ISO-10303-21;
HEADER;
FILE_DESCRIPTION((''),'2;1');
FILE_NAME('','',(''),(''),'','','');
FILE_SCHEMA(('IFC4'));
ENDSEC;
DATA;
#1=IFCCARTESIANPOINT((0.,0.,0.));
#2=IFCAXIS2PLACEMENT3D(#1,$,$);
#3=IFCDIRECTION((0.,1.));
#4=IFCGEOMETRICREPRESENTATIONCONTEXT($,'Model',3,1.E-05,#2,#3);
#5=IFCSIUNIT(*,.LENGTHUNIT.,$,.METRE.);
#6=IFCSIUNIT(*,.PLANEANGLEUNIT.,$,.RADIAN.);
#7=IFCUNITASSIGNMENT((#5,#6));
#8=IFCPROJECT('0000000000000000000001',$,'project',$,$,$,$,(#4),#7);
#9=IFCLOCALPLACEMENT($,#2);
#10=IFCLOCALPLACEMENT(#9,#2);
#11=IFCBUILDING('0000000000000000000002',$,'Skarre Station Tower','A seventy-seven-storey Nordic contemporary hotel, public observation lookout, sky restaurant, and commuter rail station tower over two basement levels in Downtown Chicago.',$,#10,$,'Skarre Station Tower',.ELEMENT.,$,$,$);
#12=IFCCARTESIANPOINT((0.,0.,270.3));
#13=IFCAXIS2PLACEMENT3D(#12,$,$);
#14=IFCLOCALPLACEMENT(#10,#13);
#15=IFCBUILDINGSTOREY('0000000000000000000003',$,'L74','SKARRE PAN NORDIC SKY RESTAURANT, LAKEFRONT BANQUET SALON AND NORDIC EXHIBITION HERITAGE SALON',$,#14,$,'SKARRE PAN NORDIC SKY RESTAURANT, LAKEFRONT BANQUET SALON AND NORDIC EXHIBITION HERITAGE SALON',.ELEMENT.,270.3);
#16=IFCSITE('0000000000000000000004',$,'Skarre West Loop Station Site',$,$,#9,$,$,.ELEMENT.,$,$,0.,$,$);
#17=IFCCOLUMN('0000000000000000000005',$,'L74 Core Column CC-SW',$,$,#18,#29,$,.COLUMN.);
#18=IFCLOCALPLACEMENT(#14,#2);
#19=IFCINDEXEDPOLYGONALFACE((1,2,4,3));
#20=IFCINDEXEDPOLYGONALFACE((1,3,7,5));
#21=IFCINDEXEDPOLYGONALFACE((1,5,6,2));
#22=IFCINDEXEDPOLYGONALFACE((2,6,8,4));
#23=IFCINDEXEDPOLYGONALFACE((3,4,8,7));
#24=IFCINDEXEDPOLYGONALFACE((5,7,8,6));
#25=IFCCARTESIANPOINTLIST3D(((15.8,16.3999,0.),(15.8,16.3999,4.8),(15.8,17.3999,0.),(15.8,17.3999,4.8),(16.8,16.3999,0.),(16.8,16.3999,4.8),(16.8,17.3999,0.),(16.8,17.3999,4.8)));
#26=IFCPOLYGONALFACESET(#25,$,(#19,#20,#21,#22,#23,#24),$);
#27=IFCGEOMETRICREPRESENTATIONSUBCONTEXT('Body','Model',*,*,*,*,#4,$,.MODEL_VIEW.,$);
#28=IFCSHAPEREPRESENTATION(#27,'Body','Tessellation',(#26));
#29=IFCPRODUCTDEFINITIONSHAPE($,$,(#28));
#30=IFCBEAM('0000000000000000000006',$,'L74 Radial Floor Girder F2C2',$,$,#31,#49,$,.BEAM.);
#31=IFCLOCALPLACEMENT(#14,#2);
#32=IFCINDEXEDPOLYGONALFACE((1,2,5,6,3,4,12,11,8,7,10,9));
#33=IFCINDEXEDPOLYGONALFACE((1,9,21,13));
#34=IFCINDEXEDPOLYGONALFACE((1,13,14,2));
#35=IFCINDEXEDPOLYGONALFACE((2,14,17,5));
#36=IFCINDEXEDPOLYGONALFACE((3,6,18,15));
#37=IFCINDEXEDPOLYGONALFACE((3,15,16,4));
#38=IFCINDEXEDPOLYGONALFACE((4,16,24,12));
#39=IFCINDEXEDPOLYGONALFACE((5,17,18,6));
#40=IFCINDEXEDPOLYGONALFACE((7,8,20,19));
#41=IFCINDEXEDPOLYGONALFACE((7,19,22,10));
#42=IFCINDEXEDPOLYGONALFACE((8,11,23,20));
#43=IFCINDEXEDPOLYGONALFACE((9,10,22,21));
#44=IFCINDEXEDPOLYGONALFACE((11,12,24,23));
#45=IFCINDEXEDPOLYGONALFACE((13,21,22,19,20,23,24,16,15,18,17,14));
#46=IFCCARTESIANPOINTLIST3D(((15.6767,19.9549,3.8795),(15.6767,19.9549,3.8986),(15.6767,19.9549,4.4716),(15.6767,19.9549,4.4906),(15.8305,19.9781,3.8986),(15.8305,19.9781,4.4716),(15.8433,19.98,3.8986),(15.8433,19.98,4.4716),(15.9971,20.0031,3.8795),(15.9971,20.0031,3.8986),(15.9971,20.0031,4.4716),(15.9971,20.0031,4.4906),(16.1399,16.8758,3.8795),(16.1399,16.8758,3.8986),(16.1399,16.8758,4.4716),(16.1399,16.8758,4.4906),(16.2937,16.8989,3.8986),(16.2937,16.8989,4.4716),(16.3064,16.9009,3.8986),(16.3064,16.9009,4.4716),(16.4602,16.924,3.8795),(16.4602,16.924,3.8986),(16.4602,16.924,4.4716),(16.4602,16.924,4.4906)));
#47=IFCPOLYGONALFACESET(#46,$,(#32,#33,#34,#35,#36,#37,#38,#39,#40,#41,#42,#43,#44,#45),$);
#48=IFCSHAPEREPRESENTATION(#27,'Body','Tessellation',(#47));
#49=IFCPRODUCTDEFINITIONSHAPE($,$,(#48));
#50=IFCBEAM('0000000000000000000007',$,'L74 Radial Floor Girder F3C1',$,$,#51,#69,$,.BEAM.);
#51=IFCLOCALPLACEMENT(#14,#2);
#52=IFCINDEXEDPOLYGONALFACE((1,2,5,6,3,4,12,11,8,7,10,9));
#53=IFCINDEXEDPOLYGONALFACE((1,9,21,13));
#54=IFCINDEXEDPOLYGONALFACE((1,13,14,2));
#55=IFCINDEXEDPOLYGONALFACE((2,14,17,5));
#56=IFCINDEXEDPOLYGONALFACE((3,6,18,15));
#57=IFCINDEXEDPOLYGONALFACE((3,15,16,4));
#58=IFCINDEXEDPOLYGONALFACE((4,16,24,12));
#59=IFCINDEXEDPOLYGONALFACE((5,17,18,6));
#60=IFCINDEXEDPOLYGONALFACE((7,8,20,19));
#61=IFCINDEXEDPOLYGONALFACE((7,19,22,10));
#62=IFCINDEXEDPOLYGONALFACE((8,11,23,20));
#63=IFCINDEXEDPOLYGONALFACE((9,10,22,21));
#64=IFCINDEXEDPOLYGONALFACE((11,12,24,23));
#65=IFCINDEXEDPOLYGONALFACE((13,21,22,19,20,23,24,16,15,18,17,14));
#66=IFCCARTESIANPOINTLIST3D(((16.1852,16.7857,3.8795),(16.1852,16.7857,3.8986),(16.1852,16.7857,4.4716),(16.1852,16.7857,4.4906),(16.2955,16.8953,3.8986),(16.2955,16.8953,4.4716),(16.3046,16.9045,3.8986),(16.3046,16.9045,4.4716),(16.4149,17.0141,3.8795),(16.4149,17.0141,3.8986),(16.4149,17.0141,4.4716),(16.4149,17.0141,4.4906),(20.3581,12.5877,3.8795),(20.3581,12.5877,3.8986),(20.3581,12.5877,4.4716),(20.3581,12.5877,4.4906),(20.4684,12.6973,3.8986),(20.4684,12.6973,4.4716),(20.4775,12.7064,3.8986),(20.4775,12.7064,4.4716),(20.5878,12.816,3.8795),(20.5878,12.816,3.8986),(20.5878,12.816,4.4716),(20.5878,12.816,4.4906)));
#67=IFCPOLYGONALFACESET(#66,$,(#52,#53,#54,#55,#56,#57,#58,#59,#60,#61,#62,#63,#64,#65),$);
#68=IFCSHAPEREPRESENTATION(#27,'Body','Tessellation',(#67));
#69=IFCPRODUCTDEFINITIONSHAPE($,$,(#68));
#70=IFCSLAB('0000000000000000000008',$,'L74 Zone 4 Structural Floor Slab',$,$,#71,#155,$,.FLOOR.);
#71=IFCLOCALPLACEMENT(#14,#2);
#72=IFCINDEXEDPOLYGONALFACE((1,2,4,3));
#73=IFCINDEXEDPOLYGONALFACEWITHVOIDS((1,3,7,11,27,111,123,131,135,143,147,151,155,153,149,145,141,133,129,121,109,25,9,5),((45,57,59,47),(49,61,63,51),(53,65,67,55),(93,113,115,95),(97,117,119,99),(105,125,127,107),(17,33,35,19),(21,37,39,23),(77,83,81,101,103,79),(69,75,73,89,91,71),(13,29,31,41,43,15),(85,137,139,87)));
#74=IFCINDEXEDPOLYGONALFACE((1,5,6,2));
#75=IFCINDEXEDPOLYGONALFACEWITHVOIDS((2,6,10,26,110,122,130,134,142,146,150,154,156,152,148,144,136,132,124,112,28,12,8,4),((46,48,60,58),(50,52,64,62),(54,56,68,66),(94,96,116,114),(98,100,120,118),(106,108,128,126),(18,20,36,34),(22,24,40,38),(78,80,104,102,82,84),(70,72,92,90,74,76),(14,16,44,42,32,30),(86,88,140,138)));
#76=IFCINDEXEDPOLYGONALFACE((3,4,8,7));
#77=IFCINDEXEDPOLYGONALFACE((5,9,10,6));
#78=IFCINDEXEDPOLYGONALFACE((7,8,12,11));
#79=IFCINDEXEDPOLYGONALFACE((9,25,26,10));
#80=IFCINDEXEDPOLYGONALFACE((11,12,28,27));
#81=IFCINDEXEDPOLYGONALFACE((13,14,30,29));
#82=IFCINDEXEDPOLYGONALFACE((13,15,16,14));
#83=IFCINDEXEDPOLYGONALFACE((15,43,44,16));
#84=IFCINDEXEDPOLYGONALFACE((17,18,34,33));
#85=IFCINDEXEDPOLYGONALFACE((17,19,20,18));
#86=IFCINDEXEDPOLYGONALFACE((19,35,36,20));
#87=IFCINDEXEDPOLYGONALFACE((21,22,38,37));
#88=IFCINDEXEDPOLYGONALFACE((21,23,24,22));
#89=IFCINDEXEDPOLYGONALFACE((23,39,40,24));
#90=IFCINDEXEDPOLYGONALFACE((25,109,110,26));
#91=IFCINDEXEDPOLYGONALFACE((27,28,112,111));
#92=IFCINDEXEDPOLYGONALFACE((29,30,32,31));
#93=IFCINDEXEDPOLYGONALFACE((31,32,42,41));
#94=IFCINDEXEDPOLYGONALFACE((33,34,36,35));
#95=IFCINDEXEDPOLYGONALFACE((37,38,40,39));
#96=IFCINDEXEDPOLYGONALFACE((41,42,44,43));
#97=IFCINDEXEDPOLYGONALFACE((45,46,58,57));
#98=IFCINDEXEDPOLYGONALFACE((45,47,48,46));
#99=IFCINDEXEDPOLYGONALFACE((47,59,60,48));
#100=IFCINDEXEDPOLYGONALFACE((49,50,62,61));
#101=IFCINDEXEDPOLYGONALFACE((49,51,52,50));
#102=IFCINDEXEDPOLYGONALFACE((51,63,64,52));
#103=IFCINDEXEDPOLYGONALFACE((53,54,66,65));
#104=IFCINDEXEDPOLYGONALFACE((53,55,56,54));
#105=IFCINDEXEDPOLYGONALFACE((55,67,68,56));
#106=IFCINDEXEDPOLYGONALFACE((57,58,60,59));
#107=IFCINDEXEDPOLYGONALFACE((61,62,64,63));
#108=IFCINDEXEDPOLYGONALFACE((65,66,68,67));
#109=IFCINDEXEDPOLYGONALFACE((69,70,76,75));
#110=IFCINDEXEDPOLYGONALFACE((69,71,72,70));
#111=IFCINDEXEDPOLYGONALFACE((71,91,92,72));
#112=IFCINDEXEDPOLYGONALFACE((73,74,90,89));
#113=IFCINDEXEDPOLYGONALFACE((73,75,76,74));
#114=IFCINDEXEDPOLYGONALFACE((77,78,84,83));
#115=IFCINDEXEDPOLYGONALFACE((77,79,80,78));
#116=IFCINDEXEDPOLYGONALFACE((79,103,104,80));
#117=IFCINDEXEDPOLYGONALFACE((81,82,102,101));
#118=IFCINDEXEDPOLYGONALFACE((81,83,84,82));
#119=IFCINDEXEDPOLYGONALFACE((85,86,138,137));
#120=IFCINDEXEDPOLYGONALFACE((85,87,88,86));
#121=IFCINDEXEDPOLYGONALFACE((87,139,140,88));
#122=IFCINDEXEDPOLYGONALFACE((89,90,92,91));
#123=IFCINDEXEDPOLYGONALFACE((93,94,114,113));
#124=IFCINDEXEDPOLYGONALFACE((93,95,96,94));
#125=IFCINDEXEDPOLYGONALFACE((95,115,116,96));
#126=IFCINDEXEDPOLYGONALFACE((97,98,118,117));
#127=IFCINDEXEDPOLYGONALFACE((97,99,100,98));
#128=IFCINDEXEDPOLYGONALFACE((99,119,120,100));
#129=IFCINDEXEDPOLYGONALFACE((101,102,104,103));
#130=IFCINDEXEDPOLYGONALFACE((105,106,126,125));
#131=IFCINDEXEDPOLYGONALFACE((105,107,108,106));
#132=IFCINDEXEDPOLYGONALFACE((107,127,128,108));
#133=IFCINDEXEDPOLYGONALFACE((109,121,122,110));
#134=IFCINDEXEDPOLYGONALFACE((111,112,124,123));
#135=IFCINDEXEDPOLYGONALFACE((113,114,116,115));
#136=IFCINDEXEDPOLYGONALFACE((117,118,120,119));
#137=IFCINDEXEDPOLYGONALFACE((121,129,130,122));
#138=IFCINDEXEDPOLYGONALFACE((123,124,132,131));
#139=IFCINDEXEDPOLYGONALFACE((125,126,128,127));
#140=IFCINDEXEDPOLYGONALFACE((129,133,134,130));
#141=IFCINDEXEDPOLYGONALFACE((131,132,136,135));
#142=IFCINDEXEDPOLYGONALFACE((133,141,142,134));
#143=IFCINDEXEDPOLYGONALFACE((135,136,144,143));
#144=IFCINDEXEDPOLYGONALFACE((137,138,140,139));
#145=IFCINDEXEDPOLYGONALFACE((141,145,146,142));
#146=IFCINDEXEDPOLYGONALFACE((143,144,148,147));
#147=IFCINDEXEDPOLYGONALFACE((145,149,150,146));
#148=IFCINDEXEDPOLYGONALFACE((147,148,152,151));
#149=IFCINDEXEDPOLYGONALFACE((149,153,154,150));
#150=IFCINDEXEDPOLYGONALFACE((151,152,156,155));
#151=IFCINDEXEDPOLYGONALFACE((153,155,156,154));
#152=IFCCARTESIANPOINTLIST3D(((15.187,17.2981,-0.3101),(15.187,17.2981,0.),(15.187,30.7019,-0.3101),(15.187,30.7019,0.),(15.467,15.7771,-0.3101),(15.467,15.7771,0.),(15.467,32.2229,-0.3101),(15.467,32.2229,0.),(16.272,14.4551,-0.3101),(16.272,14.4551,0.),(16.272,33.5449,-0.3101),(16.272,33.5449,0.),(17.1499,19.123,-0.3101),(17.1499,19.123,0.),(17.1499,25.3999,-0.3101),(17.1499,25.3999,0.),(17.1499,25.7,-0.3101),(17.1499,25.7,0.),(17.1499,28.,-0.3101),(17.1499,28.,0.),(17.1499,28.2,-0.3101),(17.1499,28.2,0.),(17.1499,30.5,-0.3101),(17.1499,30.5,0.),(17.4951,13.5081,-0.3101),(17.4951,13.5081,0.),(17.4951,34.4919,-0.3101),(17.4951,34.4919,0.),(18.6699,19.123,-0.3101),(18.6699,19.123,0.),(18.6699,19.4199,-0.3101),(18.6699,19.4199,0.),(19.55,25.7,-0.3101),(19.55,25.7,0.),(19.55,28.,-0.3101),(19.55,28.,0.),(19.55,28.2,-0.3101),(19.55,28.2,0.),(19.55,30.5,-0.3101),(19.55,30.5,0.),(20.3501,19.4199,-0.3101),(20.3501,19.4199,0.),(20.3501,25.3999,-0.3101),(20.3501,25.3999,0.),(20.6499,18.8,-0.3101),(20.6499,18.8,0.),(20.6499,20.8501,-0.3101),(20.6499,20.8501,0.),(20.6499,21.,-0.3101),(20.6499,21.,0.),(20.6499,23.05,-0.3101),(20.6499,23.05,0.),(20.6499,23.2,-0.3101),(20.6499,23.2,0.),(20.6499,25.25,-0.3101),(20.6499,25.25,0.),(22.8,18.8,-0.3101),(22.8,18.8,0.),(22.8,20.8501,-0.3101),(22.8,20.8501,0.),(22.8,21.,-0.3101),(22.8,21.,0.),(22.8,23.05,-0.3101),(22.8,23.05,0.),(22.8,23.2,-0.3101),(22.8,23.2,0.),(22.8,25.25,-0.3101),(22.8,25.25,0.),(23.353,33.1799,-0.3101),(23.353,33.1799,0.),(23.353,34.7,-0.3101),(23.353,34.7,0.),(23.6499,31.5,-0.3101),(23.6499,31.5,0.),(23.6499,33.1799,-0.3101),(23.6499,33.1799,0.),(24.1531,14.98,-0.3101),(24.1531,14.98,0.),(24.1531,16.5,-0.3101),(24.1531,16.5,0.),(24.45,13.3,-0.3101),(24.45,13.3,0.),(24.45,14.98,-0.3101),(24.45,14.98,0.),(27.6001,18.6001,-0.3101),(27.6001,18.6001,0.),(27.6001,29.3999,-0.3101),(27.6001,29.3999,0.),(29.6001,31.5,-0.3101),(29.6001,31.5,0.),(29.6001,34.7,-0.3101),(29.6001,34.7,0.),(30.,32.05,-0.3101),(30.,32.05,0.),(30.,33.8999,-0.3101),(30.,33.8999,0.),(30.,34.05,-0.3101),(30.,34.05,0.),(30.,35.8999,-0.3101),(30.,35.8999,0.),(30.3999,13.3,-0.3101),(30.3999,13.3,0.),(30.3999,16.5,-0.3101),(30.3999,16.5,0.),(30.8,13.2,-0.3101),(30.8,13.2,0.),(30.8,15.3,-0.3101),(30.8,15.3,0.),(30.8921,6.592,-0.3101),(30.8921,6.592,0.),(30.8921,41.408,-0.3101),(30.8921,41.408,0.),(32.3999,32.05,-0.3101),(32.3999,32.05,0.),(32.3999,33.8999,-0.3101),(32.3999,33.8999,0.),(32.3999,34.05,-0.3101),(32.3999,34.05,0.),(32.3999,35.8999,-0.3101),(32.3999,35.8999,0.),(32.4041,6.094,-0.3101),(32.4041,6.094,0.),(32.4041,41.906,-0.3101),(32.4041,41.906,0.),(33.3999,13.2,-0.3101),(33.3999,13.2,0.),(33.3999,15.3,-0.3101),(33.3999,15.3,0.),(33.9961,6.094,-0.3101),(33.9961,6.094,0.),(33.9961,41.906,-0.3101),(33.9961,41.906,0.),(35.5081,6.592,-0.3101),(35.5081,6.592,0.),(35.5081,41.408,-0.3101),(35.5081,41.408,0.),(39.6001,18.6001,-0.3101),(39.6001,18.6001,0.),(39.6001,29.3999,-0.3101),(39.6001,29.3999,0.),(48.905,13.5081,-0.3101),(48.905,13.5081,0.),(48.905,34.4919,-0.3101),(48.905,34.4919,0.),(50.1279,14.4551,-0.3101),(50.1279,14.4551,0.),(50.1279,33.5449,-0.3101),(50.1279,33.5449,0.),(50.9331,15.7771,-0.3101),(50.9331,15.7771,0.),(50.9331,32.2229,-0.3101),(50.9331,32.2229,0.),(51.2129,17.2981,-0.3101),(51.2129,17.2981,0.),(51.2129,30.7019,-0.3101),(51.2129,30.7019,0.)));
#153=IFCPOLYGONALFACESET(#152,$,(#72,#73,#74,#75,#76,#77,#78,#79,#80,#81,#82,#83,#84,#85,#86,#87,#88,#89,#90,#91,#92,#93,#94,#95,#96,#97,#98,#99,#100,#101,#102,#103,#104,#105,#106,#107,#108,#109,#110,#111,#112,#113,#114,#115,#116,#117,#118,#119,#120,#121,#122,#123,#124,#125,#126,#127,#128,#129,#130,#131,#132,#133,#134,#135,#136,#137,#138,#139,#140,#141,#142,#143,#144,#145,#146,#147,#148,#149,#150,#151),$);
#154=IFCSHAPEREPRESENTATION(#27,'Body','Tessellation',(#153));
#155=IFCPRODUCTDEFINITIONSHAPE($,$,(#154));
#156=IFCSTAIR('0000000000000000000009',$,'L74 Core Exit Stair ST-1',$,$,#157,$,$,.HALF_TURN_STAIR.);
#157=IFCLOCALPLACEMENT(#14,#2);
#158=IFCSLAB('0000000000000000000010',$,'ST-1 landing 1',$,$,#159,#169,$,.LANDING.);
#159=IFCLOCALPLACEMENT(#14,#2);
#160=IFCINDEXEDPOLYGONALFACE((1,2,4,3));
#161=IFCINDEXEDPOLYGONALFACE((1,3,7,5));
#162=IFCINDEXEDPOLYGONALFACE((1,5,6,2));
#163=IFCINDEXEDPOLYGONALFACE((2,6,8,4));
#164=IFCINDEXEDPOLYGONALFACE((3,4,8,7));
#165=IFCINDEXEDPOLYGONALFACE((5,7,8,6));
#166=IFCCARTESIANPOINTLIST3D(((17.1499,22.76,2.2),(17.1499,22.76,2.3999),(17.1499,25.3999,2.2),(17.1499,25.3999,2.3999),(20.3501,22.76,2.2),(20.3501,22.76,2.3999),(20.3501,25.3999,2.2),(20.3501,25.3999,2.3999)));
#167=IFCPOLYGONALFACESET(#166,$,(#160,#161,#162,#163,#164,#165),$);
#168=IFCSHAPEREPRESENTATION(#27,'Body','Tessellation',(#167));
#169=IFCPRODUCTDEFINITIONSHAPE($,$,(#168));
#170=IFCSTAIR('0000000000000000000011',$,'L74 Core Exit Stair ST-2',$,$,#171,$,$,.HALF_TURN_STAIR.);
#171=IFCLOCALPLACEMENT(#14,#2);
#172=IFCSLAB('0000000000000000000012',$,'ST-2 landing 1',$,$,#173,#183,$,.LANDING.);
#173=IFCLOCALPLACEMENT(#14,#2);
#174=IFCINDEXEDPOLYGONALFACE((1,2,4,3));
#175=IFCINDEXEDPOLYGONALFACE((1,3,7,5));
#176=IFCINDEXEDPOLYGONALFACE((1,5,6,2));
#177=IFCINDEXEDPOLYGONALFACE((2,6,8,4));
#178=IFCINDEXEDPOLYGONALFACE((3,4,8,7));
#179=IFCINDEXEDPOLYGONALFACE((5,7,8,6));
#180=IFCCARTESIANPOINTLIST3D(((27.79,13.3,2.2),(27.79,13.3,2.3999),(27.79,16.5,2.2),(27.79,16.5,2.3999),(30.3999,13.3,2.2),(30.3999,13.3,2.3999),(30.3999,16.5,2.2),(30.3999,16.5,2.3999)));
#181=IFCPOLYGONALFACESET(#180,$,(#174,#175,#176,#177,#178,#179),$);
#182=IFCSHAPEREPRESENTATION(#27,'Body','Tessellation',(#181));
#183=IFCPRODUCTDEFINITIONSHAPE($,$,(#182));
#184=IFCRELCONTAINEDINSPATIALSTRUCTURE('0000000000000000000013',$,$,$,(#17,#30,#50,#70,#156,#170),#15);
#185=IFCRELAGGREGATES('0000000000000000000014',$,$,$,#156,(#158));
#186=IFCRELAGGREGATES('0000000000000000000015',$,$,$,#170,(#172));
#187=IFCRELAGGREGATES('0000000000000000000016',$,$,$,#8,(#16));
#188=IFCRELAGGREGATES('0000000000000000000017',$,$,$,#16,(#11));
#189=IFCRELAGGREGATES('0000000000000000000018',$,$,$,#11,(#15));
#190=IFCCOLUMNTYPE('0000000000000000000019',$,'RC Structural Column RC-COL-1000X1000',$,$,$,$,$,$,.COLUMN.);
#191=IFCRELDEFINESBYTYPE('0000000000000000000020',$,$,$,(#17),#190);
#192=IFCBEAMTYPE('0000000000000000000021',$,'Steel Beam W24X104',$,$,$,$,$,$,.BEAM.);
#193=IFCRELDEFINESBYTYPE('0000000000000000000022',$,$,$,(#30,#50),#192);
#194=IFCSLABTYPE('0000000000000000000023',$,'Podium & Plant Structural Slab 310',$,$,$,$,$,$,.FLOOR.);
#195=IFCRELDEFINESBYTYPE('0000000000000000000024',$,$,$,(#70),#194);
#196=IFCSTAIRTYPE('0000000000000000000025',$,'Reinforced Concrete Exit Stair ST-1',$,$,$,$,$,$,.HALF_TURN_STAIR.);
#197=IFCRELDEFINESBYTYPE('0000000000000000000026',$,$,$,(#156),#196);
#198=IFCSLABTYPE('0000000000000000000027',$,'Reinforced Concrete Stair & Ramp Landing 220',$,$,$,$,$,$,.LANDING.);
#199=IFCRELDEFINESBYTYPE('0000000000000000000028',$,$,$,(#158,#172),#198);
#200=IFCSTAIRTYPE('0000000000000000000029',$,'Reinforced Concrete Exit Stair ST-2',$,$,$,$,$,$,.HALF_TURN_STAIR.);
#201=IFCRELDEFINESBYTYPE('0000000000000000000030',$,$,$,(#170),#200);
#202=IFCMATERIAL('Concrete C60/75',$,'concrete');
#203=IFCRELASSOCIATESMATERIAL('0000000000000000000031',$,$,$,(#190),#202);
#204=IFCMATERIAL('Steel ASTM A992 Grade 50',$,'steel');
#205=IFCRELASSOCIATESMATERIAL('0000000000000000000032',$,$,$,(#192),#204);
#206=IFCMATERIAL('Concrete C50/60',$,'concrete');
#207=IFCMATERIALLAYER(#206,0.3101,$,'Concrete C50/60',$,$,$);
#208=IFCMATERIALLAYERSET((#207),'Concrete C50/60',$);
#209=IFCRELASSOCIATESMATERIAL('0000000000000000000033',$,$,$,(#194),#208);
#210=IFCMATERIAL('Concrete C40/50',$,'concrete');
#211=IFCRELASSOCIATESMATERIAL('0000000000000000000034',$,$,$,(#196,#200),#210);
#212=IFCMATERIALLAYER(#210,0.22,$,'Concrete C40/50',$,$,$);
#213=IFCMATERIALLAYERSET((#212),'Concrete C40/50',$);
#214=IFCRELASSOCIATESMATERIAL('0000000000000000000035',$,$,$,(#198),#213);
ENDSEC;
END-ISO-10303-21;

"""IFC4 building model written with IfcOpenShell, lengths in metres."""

from ifc_helpers import new_model, si_unit, direction, frame, origin, origin_2d, place, context, subcontext, project, spatial, polyline, rectangle, i_section, outline, extrude, material, layer, layer_set, material_profile, profile_set, type_object, element, aggregate, save


model = new_model("IFC4")

# Units and contexts
model_context = context("Model", 3, precision=1e-05, world=origin(), true_north=direction((0.0, 1.0)))
body_context = subcontext(model_context, "Body", "Model", "MODEL_VIEW")
ifc_project = project(units=[si_unit("LENGTHUNIT", "METRE"), si_unit("PLANEANGLEUNIT", "RADIAN")], contexts=[model_context])

# Site, building, storey
site_placement = place(None, origin())
site = spatial("IfcSite", under=ifc_project, at=site_placement, Name="Skarre West Loop Station Site", CompositionType="ELEMENT", RefElevation=0.0)
building_placement = place(site_placement, origin())
building = spatial("IfcBuilding", under=site, at=building_placement, Name="Skarre Station Tower", Description="A seventy-seven-storey Nordic contemporary hotel, public observation lookout, sky restaurant, and commuter rail station tower over two basement levels in Downtown Chicago.", LongName="Skarre Station Tower", CompositionType="ELEMENT")
storey_placement = place(building_placement, frame((0.0, 0.0, 270.3)))
storey = spatial("IfcBuildingStorey", under=building, at=storey_placement, Name="L74", Description="SKARRE PAN NORDIC SKY RESTAURANT, LAKEFRONT BANQUET SALON AND NORDIC EXHIBITION HERITAGE SALON", LongName="SKARRE PAN NORDIC SKY RESTAURANT, LAKEFRONT BANQUET SALON AND NORDIC EXHIBITION HERITAGE SALON", CompositionType="ELEMENT", Elevation=270.3)

# Column
ifc_material_1 = material(Name="Concrete C60/75", Category="concrete")
ifc_material_profile_1 = material_profile(ifc_material_1, rectangle(XDim=1.0, YDim=1.0, at=origin_2d()), Name="Concrete C60/75")
ifc_profile_set_1 = profile_set([ifc_material_profile_1], Name="Concrete C60/75")
column_type = type_object("IfcColumnType", Name="RC Structural Column RC-COL-1000X1000", PredefinedType="COLUMN", material=ifc_profile_set_1)
column_placement = place(storey_placement, frame((16.3, 16.8999, 0.0), z_axis=(0.0, 0.0, 1.0), x_axis=(1.0, 0.0, 0.0)))
element("IfcColumn", 1, at=column_placement, inside=storey, type_object=column_type, Name="L74 Core Column CC-SW", PredefinedType="COLUMN", context=body_context, shape_type="SweptSolid", body=[
    extrude(rectangle(XDim=1.0, YDim=1.0, at=origin_2d()), origin(), (0.0, 0.0, 1.0), 4.8),
])

# Beams
ifc_material_2 = material(Name="Steel ASTM A992 Grade 50", Category="steel")
ifc_material_profile_2 = material_profile(ifc_material_2, i_section(OverallWidth=0.324, OverallDepth=0.6111, WebThickness=0.0129, FlangeThickness=0.019, at=origin_2d()), Name="Steel ASTM A992 Grade 50")
ifc_profile_set_2 = profile_set([ifc_material_profile_2], Name="Steel ASTM A992 Grade 50")
beam_type = type_object("IfcBeamType", Name="Steel Beam W24X104", PredefinedType="BEAM", material=ifc_profile_set_2)
beam_1_placement = place(storey_placement, frame((16.3, 16.8999, 4.1851), z_axis=(-0.148739, 0.988876, 0.0), x_axis=(-0.988876, -0.148739, 0.0)))
element("IfcBeam", 2, at=beam_1_placement, inside=storey, type_object=beam_type, Name="L74 Radial Floor Girder F2C2", PredefinedType="BEAM", context=body_context, shape_type="SweptSolid", body=[
    extrude(i_section(OverallWidth=0.324, OverallDepth=0.6111, WebThickness=0.0129, FlangeThickness=0.019, at=origin_2d()), origin(), (0.0, 0.0, 1.0), 3.1138),
])
beam_2_placement = place(storey_placement, frame((16.3, 16.8999, 4.1851), z_axis=(0.704979, -0.709228, 0.0), x_axis=(0.709228, 0.704979, 0.0)))
element("IfcBeam", 3, at=beam_2_placement, inside=storey, type_object=beam_type, Name="L74 Radial Floor Girder F3C1", PredefinedType="BEAM", context=body_context, shape_type="SweptSolid", body=[
    extrude(i_section(OverallWidth=0.324, OverallDepth=0.6111, WebThickness=0.0129, FlangeThickness=0.019, at=origin_2d()), origin(), (0.0, 0.0, 1.0), 5.9192),
])

# Slab
ifc_material_3 = material(Name="Concrete C50/60", Category="concrete")
ifc_layer_1 = layer(ifc_material_3, 0.3101, Name="Concrete C50/60")
ifc_layer_set_1 = layer_set([ifc_layer_1], Name="Concrete C50/60")
slab_type_1 = type_object("IfcSlabType", Name="Podium & Plant Structural Slab 310", PredefinedType="FLOOR", material=ifc_layer_set_1)
slab_1_placement = place(storey_placement, frame((0.0, 0.0, -0.3101)))
element("IfcSlab", 4, at=slab_1_placement, inside=storey, type_object=slab_type_1, Name="L74 Zone 4 Structural Floor Slab", PredefinedType="FLOOR", context=body_context, shape_type="SweptSolid", body=[
    extrude(outline(polyline([(51.2129, 30.7019), (50.9331, 32.2229), (50.1279, 33.5449), (48.905, 34.4919), (35.5081, 41.408), (33.9961, 41.906), (32.4041, 41.906), (30.8921, 41.408), (17.4951, 34.4919), (16.272, 33.5449), (15.467, 32.2229), (15.187, 30.7019), (15.187, 17.2981), (15.467, 15.7771), (16.272, 14.4551), (17.4951, 13.5081), (30.8921, 6.592), (32.4041, 6.094), (33.9961, 6.094), (35.5081, 6.592), (48.905, 13.5081), (50.1279, 14.4551), (50.9331, 15.7771), (51.2129, 17.2981), (51.2129, 30.7019)]), holes=[polyline([(18.6699, 19.4199), (18.6699, 19.123), (17.1499, 19.123), (17.1499, 25.3999), (20.3501, 25.3999), (20.3501, 19.4199), (18.6699, 19.4199)]), polyline([(24.45, 14.98), (24.1531, 14.98), (24.1531, 16.5), (30.3999, 16.5), (30.3999, 13.3), (24.45, 13.3), (24.45, 14.98)]), polyline([(23.6499, 33.1799), (23.353, 33.1799), (23.353, 34.7), (29.6001, 34.7), (29.6001, 31.5), (23.6499, 31.5), (23.6499, 33.1799)]), polyline([(17.1499, 28.0), (19.55, 28.0), (19.55, 25.7), (17.1499, 25.7), (17.1499, 28.0)]), polyline([(17.1499, 30.5), (19.55, 30.5), (19.55, 28.2), (17.1499, 28.2), (17.1499, 30.5)]), polyline([(30.8, 15.3), (33.3999, 15.3), (33.3999, 13.2), (30.8, 13.2), (30.8, 15.3)]), polyline([(20.6499, 20.8501), (22.8, 20.8501), (22.8, 18.8), (20.6499, 18.8), (20.6499, 20.8501)]), polyline([(20.6499, 23.05), (22.8, 23.05), (22.8, 21.0), (20.6499, 21.0), (20.6499, 23.05)]), polyline([(20.6499, 25.25), (22.8, 25.25), (22.8, 23.2), (20.6499, 23.2), (20.6499, 25.25)]), polyline([(30.0, 33.8999), (32.3999, 33.8999), (32.3999, 32.05), (30.0, 32.05), (30.0, 33.8999)]), polyline([(30.0, 35.8999), (32.3999, 35.8999), (32.3999, 34.05), (30.0, 34.05), (30.0, 35.8999)]), polyline([(27.6001, 29.3999), (39.6001, 29.3999), (39.6001, 18.6001), (27.6001, 18.6001), (27.6001, 29.3999)])]), origin(), (0.0, 0.0, 1.0), 0.3101),
])

# Stairs, slabs
ifc_material_4 = material(Name="Concrete C40/50", Category="concrete")
stair_type_1 = type_object("IfcStairType", Name="Reinforced Concrete Exit Stair ST-1", PredefinedType="HALF_TURN_STAIR", material=ifc_material_4)
stair_1_placement = place(storey_placement, origin())
stair_1 = element("IfcStair", 5, at=stair_1_placement, inside=storey, type_object=stair_type_1, Name="L74 Core Exit Stair ST-1", PredefinedType="HALF_TURN_STAIR")
ifc_layer_2 = layer(ifc_material_4, 0.22, Name="Concrete C40/50")
ifc_layer_set_2 = layer_set([ifc_layer_2], Name="Concrete C40/50")
slab_type_2 = type_object("IfcSlabType", Name="Reinforced Concrete Stair & Ramp Landing 220", PredefinedType="LANDING", material=ifc_layer_set_2)
slab_2_placement = place(storey_placement, frame((0.0, 0.0, 2.2)))
slab_2 = element("IfcSlab", 6, at=slab_2_placement, type_object=slab_type_2, Name="ST-1 landing 1", PredefinedType="LANDING", context=body_context, shape_type="SweptSolid", body=[
    extrude(outline(polyline([(20.3501, 22.76), (20.3501, 25.3999), (17.1499, 25.3999), (17.1499, 22.76), (20.3501, 22.76)])), origin(), (0.0, 0.0, 1.0), 0.2),
])
aggregate(stair_1, [slab_2])
stair_type_2 = type_object("IfcStairType", Name="Reinforced Concrete Exit Stair ST-2", PredefinedType="HALF_TURN_STAIR", material=ifc_material_4)
stair_2_placement = place(storey_placement, origin())
stair_2 = element("IfcStair", 7, at=stair_2_placement, inside=storey, type_object=stair_type_2, Name="L74 Core Exit Stair ST-2", PredefinedType="HALF_TURN_STAIR")
slab_3_placement = place(storey_placement, frame((0.0, 0.0, 2.2)))
slab_3 = element("IfcSlab", 8, at=slab_3_placement, type_object=slab_type_2, Name="ST-2 landing 1", PredefinedType="LANDING", context=body_context, shape_type="SweptSolid", body=[
    extrude(outline(polyline([(27.79, 13.3), (30.3999, 13.3), (30.3999, 16.5), (27.79, 16.5), (27.79, 13.3)])), origin(), (0.0, 0.0, 1.0), 0.2),
])
aggregate(stair_2, [slab_3])

save(model, "model.ifc")
